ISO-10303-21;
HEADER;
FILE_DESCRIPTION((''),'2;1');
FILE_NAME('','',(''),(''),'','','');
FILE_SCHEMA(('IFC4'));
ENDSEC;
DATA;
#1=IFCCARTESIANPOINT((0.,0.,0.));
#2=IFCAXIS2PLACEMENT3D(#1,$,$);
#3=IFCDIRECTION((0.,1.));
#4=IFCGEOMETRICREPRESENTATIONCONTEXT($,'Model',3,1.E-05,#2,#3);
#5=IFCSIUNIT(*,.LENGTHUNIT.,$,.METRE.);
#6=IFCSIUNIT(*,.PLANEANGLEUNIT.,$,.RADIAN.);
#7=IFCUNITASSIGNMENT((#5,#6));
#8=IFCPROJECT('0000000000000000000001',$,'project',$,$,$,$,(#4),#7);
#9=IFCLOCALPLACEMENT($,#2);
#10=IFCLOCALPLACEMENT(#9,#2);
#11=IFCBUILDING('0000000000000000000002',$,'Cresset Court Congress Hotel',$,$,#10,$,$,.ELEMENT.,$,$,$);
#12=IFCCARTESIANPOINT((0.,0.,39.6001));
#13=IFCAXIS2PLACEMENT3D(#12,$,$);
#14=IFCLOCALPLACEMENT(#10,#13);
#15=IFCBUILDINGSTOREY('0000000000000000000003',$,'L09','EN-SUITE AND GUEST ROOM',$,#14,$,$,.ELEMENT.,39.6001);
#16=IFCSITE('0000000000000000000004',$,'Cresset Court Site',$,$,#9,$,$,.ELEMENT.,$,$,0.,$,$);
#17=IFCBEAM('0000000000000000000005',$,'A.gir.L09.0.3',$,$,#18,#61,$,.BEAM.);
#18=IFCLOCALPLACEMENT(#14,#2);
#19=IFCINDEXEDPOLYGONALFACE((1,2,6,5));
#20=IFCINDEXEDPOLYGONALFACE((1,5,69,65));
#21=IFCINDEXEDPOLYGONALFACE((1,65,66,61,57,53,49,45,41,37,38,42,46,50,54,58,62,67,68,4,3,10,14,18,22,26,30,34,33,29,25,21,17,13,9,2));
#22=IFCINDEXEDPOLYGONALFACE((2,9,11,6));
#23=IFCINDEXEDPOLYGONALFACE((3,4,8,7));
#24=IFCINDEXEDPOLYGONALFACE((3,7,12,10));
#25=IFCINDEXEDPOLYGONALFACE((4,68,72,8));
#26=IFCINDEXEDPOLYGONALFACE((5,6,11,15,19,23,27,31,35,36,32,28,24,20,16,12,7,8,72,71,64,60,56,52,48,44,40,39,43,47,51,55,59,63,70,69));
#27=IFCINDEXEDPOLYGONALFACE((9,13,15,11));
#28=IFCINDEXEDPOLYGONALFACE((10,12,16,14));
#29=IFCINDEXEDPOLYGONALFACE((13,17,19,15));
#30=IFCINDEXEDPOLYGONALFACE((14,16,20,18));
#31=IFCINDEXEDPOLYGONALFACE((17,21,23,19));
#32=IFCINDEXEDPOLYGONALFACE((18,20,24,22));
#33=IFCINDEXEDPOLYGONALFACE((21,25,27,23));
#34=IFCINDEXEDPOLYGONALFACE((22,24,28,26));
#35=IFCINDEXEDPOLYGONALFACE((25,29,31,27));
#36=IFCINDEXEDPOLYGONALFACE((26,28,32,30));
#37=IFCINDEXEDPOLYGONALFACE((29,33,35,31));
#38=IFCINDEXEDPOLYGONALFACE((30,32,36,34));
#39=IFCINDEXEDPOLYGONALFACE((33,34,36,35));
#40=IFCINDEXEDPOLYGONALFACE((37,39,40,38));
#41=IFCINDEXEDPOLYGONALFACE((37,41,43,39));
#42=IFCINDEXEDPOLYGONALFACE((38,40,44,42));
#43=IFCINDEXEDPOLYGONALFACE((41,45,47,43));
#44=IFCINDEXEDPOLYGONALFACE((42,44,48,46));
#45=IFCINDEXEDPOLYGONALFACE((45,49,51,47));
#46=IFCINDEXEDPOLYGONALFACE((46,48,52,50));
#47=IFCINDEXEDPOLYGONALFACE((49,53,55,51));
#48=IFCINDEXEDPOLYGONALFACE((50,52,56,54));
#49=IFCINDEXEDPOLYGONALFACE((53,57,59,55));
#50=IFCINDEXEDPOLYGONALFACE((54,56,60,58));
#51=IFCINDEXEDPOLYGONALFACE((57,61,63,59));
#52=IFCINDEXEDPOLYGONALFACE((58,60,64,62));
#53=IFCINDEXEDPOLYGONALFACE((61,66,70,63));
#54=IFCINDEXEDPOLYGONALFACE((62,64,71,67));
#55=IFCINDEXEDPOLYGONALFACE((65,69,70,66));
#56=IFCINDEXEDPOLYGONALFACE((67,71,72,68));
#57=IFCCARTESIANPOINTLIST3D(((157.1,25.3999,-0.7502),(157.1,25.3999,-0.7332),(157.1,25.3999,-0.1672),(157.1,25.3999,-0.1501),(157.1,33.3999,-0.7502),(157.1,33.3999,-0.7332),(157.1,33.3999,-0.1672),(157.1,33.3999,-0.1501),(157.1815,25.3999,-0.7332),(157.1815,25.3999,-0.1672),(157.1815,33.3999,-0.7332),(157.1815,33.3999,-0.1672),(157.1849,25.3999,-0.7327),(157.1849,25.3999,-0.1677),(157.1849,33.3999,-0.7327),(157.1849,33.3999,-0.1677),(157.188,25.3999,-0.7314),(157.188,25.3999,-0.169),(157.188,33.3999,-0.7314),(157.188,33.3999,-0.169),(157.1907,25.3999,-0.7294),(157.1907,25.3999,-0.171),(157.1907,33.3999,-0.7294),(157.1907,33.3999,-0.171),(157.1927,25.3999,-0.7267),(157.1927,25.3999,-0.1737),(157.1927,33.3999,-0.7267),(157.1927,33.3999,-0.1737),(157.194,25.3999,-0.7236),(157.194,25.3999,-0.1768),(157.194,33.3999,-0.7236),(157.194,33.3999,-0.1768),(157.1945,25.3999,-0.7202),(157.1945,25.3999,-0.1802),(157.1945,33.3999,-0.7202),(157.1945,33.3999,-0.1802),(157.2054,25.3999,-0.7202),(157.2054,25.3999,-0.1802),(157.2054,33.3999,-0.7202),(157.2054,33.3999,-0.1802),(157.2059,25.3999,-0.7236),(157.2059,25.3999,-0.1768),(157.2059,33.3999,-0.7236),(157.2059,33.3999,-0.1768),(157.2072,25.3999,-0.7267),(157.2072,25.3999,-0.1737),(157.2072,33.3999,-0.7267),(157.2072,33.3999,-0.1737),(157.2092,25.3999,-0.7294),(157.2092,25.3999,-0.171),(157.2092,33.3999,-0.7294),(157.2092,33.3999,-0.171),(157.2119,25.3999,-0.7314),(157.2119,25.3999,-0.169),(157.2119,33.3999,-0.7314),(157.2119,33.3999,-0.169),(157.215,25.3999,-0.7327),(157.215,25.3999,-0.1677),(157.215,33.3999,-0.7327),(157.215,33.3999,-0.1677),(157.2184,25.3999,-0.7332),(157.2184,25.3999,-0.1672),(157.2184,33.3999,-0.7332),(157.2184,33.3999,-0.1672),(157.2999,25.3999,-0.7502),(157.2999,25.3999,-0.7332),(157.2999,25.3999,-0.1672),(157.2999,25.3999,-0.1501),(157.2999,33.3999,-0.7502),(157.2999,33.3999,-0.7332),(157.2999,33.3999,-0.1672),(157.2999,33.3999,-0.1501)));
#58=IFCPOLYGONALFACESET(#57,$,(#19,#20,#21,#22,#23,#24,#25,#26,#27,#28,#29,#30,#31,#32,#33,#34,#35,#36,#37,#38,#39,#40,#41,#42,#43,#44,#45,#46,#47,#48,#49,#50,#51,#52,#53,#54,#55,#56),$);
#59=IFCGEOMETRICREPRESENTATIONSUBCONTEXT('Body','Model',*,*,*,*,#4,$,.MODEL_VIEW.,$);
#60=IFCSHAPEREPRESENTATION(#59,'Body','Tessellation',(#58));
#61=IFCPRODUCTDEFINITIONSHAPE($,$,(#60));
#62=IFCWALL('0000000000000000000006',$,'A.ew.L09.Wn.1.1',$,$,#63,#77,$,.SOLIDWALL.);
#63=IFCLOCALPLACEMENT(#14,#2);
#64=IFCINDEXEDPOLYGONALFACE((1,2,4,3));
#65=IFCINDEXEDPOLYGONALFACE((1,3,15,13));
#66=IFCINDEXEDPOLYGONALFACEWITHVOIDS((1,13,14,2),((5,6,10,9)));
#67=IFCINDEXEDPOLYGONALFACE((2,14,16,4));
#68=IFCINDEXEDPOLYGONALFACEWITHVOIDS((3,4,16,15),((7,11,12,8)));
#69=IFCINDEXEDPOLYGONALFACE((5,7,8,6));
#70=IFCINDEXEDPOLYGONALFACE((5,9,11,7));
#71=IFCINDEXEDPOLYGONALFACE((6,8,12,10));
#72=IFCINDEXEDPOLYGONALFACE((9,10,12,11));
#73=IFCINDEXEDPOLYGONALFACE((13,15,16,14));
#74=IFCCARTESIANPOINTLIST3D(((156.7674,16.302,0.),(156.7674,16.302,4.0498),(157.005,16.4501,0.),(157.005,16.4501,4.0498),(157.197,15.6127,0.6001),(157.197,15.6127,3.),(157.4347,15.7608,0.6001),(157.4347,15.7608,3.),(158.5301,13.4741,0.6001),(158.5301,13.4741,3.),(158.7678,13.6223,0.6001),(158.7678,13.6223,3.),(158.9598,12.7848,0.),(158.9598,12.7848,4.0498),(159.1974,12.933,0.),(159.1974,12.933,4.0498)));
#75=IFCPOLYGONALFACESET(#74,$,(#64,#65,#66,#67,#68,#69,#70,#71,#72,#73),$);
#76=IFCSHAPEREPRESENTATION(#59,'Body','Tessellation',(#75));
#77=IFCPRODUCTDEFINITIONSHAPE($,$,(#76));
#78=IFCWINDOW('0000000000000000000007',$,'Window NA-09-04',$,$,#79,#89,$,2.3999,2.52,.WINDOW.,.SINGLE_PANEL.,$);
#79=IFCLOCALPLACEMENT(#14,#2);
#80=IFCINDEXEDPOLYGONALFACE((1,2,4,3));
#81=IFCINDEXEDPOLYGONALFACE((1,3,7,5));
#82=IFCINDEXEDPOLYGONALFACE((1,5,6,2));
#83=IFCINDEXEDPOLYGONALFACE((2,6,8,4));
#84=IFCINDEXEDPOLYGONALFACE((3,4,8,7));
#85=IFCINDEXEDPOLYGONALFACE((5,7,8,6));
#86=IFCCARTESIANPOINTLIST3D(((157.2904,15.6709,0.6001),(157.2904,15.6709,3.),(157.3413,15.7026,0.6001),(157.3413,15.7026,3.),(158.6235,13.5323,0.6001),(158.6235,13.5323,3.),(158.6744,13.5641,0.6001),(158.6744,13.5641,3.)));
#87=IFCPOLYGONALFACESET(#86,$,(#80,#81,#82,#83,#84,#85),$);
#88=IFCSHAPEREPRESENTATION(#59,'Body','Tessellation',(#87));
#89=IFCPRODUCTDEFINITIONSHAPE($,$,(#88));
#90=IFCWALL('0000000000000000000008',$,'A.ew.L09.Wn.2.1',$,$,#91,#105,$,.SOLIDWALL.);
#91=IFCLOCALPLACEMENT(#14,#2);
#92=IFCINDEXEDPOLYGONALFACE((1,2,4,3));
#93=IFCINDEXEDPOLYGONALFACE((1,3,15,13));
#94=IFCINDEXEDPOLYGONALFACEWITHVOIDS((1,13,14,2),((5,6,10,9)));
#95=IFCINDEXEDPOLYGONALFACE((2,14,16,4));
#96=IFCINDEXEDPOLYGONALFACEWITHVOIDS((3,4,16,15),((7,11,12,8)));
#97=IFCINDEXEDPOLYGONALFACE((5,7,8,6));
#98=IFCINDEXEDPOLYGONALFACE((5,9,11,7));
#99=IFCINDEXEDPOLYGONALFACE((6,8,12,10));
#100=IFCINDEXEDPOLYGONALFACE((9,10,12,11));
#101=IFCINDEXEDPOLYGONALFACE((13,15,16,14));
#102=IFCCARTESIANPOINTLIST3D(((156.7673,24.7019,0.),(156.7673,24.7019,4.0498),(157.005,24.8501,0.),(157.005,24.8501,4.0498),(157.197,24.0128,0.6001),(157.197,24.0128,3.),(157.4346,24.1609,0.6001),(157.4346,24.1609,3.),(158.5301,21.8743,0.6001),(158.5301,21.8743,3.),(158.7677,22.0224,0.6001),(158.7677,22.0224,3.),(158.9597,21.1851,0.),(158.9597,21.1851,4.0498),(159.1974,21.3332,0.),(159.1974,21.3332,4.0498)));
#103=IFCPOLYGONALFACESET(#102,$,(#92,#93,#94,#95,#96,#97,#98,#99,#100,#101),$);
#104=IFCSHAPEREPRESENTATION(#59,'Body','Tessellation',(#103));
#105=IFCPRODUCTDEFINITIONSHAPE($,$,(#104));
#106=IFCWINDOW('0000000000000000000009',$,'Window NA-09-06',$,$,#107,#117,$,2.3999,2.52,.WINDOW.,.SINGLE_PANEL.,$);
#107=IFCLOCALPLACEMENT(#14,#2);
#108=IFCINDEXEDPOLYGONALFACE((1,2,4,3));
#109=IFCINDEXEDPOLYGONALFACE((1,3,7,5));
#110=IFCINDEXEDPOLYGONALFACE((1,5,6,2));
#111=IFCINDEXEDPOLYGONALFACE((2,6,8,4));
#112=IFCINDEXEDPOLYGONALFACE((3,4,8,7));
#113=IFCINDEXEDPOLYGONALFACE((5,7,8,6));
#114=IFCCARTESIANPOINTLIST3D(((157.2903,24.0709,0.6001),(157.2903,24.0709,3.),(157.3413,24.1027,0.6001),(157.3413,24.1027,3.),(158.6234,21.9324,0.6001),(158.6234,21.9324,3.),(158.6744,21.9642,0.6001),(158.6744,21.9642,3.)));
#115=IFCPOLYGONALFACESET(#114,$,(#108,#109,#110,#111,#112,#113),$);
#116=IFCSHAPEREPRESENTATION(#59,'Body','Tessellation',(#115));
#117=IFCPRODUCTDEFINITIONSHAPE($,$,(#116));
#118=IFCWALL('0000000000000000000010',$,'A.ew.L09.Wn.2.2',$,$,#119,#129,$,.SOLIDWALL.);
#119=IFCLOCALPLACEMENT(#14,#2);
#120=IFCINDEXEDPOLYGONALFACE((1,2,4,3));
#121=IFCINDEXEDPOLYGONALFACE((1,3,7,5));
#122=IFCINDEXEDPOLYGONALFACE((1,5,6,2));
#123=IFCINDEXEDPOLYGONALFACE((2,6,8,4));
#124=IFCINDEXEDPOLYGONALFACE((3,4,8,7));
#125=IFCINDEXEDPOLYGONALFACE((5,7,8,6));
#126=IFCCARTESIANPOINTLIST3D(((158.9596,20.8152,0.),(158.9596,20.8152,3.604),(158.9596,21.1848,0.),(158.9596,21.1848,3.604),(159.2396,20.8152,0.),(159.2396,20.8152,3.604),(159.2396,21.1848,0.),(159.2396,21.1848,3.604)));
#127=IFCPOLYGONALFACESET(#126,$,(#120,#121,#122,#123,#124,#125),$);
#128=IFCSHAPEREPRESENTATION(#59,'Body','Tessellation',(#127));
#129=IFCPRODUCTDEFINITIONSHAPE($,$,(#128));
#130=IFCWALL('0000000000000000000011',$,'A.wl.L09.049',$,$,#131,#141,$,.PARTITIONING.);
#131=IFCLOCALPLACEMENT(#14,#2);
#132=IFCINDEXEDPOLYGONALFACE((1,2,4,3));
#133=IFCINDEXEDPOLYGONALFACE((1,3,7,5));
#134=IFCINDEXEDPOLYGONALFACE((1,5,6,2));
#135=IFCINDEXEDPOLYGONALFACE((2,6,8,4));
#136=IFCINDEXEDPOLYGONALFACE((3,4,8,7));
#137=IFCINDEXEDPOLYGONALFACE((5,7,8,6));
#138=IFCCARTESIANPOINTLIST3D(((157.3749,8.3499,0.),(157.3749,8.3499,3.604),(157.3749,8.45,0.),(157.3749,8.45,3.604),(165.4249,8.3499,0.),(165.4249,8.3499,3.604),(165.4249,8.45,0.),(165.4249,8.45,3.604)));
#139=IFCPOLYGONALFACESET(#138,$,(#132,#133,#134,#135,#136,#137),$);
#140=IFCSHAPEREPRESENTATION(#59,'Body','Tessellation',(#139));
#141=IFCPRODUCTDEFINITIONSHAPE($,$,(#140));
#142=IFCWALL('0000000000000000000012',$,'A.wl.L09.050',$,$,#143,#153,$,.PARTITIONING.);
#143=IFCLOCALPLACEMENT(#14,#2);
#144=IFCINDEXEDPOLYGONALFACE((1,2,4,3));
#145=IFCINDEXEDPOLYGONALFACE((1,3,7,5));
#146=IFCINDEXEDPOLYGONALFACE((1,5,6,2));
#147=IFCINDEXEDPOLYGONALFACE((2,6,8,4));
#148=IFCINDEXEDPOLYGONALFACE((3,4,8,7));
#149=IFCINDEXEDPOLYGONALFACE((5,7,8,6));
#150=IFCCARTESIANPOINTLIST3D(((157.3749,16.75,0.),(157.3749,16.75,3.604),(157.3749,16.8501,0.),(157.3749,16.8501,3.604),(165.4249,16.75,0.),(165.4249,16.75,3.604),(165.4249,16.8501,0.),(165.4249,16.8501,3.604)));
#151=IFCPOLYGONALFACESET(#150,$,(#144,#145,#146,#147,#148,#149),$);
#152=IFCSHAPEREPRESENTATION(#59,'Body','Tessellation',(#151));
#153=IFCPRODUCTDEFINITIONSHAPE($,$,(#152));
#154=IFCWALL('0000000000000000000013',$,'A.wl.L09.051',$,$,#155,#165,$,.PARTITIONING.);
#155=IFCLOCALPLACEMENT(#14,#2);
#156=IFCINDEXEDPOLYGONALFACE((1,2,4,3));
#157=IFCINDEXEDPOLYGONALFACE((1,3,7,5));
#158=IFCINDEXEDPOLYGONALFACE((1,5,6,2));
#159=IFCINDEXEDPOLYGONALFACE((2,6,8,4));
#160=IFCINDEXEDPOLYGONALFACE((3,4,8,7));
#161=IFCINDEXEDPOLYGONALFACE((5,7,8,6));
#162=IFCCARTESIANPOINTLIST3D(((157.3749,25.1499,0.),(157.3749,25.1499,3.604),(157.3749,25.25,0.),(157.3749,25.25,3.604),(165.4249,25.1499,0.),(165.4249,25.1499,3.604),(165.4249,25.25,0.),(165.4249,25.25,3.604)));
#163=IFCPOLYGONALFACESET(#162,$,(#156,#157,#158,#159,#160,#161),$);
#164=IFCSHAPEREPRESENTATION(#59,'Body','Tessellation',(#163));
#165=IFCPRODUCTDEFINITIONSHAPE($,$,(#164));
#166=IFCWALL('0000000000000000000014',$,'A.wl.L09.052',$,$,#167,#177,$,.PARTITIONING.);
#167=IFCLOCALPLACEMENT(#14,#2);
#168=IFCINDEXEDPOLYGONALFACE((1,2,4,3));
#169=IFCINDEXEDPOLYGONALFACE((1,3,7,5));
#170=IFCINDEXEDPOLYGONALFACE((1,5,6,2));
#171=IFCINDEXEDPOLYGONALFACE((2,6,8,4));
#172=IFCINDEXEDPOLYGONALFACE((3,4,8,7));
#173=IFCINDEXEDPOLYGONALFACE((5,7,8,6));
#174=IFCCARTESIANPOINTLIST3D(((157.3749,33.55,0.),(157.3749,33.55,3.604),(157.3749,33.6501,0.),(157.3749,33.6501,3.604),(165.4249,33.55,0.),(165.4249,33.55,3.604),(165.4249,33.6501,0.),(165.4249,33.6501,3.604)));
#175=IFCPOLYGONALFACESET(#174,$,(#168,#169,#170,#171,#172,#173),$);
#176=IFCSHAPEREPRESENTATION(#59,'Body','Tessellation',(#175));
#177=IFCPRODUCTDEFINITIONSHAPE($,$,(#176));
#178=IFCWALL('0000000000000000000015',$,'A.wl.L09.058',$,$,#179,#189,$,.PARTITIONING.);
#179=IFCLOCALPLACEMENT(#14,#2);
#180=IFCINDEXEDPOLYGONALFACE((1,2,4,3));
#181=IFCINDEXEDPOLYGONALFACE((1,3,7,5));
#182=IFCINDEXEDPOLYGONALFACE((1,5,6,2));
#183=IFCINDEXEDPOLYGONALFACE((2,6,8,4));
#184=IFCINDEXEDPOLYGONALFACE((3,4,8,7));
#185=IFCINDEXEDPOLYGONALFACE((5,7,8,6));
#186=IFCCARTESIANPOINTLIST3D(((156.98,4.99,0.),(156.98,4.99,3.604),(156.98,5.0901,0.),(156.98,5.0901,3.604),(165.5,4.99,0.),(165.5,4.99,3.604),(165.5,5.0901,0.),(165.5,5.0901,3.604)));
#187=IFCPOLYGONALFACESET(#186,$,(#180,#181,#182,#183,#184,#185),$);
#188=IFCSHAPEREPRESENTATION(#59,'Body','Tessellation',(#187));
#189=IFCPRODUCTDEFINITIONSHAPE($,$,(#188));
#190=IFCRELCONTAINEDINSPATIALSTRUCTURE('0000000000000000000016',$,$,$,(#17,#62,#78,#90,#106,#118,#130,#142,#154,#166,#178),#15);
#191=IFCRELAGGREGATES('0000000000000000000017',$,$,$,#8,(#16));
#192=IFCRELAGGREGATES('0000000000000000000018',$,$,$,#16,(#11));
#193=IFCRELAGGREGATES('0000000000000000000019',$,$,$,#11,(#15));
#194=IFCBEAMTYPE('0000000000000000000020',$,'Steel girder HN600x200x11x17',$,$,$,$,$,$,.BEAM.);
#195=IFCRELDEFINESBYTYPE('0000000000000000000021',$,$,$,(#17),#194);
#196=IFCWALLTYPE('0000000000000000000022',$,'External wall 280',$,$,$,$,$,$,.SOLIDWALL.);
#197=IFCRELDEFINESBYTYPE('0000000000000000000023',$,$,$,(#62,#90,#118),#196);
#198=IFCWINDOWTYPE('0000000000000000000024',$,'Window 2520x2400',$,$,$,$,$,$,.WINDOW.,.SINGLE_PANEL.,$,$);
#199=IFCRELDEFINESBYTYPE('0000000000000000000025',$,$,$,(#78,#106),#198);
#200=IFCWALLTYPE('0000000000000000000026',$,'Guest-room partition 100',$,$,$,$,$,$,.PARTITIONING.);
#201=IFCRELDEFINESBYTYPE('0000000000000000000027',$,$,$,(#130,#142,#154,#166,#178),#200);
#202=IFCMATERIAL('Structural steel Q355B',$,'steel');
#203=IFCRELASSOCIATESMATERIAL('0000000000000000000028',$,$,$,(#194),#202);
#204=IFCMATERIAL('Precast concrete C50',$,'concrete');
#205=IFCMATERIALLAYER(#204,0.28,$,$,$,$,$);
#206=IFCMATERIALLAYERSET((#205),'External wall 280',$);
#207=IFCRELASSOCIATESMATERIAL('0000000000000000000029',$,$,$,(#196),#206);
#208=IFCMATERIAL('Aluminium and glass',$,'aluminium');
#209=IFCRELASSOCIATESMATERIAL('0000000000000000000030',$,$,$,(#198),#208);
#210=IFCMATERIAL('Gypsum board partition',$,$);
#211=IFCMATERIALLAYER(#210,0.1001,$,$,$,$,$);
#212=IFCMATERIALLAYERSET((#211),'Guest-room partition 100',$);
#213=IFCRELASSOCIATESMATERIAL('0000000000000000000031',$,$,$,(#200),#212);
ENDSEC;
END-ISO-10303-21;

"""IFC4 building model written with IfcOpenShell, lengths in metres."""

from ifc_helpers import new_model, si_unit, direction, frame, frame_2d, origin, origin_2d, place, context, subcontext, project, spatial, rectangle, i_section, extrude, material, layer, layer_set, material_profile, profile_set, type_object, element, fill, save


model = new_model("IFC4")

# Units and contexts
model_context = context("Model", 3, precision=1e-05, world=origin(), true_north=direction((0.0, 1.0)))
body_context = subcontext(model_context, "Body", "Model", "MODEL_VIEW")
ifc_project = project(units=[si_unit("LENGTHUNIT", "METRE"), si_unit("PLANEANGLEUNIT", "RADIAN")], contexts=[model_context])

# Site, building, storey
site_placement = place(None, origin())
site = spatial("IfcSite", under=ifc_project, at=site_placement, Name="Cresset Court Site", CompositionType="ELEMENT", RefElevation=0.0)
building_placement = place(site_placement, origin())
building = spatial("IfcBuilding", under=site, at=building_placement, Name="Cresset Court Congress Hotel", CompositionType="ELEMENT")
storey_placement = place(building_placement, frame((0.0, 0.0, 39.6001)))
storey = spatial("IfcBuildingStorey", under=building, at=storey_placement, Name="L09", Description="EN-SUITE AND GUEST ROOM", CompositionType="ELEMENT", Elevation=39.6001)

# Beam
ifc_material_1 = material(Name="Structural steel Q355B", Category="steel")
ifc_material_profile_1 = material_profile(ifc_material_1, i_section(OverallWidth=0.2, OverallDepth=0.6001, WebThickness=0.011, FlangeThickness=0.0171, FilletRadius=0.0129, at=origin_2d()), Name="HN600x200x11x17")
ifc_profile_set_1 = profile_set([ifc_material_profile_1], Name="Structural steel Q355B")
beam_type_1 = type_object("IfcBeamType", Name="Steel girder HN600x200x11x17", PredefinedType="BEAM", material=ifc_profile_set_1)
for number, where, z_axis, x_axis, name in (
    (1, (157.2, 25.3999, -0.4502), (0.0, 1.0, 0.0), (-1.0, 0.0, 0.0), "A.gir.L09.0.3"),
):
    element("IfcBeam", number, at=place(storey_placement, frame(where, z_axis=z_axis, x_axis=x_axis)), inside=storey, type_object=beam_type_1, Name=name, PredefinedType="BEAM", context=body_context, shape_type="SweptSolid", body=[
        extrude(i_section(OverallWidth=0.2, OverallDepth=0.6001, WebThickness=0.011, FlangeThickness=0.0171, FilletRadius=0.0129, at=origin_2d()), origin(), (0.0, 0.0, 1.0), 8.0),
    ])

# Wall, opening, window
ifc_material_2 = material(Name="Precast concrete C50", Category="concrete")
ifc_layer_1 = layer(ifc_material_2, 0.28)
ifc_layer_set_1 = layer_set([ifc_layer_1], Name="External wall 280")
wall_type_1 = type_object("IfcWallType", Name="External wall 280", PredefinedType="SOLIDWALL", material=ifc_layer_set_1)
wall_1_placement = place(storey_placement, frame((159.0786, 12.8589, 0.0), z_axis=(0.0, 0.0, 1.0), x_axis=(-0.528993, 0.848626, 0.0)))
wall_1 = element("IfcWall", 2, at=wall_1_placement, inside=storey, type_object=wall_type_1, Name="A.ew.L09.Wn.1.1", PredefinedType="SOLIDWALL", context=body_context, shape_type="SweptSolid", body=[
    extrude(rectangle(XDim=4.1445, YDim=0.28, at=frame_2d((2.0723, 0.0))), origin(), (0.0, 0.0, 1.0), 4.0498),
])
opening_1_placement = place(wall_1_placement, frame((0.8123, 0.0, 0.6001)))
opening_1 = element("IfcOpeningElement", 3, at=opening_1_placement, cuts=wall_1, PredefinedType="OPENING", context=body_context, shape_type="SweptSolid", body=[
    extrude(rectangle(XDim=2.52, YDim=2.3999, at=frame_2d((1.26, 1.2))), frame((0.0, 0.1499, 0.0), z_axis=(0.0, -1.0, 0.0), x_axis=(1.0, 0.0, 0.0)), (0.0, 0.0, 1.0), 0.3),
])
ifc_material_3 = material(Name="Aluminium and glass", Category="aluminium")
window_type = type_object("IfcWindowType", Name="Window 2520x2400", PartitioningType="SINGLE_PANEL", PredefinedType="WINDOW", material=ifc_material_3)
window_1_placement = place(opening_1_placement, origin())
window_1 = element("IfcWindow", 4, at=window_1_placement, inside=storey, type_object=window_type, Name="Window NA-09-04", OverallHeight=2.3999, OverallWidth=2.52, PartitioningType="SINGLE_PANEL", PredefinedType="WINDOW", context=body_context, shape_type="SweptSolid", body=[
    extrude(rectangle(XDim=2.52, YDim=2.3999, at=frame_2d((1.26, 1.2))), frame((0.0, 0.03, 0.0), z_axis=(0.0, -1.0, 0.0), x_axis=(1.0, 0.0, 0.0)), (0.0, 0.0, 1.0), 0.0601),
])
fill(opening_1, window_1)

# Wall, opening, window
wall_2_placement = place(storey_placement, frame((159.0786, 21.259, 0.0), z_axis=(0.0, 0.0, 1.0), x_axis=(-0.529019, 0.84861, 0.0)))
wall_2 = element("IfcWall", 5, at=wall_2_placement, inside=storey, type_object=wall_type_1, Name="A.ew.L09.Wn.2.1", PredefinedType="SOLIDWALL", context=body_context, shape_type="SweptSolid", body=[
    extrude(rectangle(XDim=4.1443, YDim=0.28, at=frame_2d((2.0723, 0.0))), origin(), (0.0, 0.0, 1.0), 4.0498),
])
opening_2_placement = place(wall_2_placement, frame((0.8123, 0.0, 0.6001)))
opening_2 = element("IfcOpeningElement", 6, at=opening_2_placement, cuts=wall_2, PredefinedType="OPENING", context=body_context, shape_type="SweptSolid", body=[
    extrude(rectangle(XDim=2.52, YDim=2.3999, at=frame_2d((1.26, 1.2))), frame((0.0, 0.1499, 0.0), z_axis=(0.0, -1.0, 0.0), x_axis=(1.0, 0.0, 0.0)), (0.0, 0.0, 1.0), 0.3),
])
window_2_placement = place(opening_2_placement, origin())
window_2 = element("IfcWindow", 7, at=window_2_placement, inside=storey, type_object=window_type, Name="Window NA-09-06", OverallHeight=2.3999, OverallWidth=2.52, PartitioningType="SINGLE_PANEL", PredefinedType="WINDOW", context=body_context, shape_type="SweptSolid", body=[
    extrude(rectangle(XDim=2.52, YDim=2.3999, at=frame_2d((1.26, 1.2))), frame((0.0, 0.03, 0.0), z_axis=(0.0, -1.0, 0.0), x_axis=(1.0, 0.0, 0.0)), (0.0, 0.0, 1.0), 0.0601),
])
fill(opening_2, window_2)

# Walls
wall_3_placement = place(storey_placement, frame((159.0996, 20.8152, 0.0), z_axis=(0.0, 0.0, 1.0), x_axis=(0.0, 1.0, 0.0)))
element("IfcWall", 8, at=wall_3_placement, inside=storey, type_object=wall_type_1, Name="A.ew.L09.Wn.2.2", PredefinedType="SOLIDWALL", context=body_context, shape_type="SweptSolid", body=[
    extrude(rectangle(XDim=0.3696, YDim=0.28, at=frame_2d((0.1848, 0.0))), origin(), (0.0, 0.0, 1.0), 3.604),
])
ifc_material_4 = material(Name="Gypsum board partition")
ifc_layer_2 = layer(ifc_material_4, 0.1001)
ifc_layer_set_2 = layer_set([ifc_layer_2], Name="Guest-room partition 100")
wall_type_2 = type_object("IfcWallType", Name="Guest-room partition 100", PredefinedType="PARTITIONING", material=ifc_layer_set_2)
for number, where, z_axis, x_axis, name in (
    (9, (157.375, 8.3999, 0.0), (0.0, 0.0, 1.0), (1.0, 0.0, 0.0), "A.wl.L09.049"),
    (10, (157.375, 16.8, 0.0), (0.0, 0.0, 1.0), (1.0, 0.0, 0.0), "A.wl.L09.050"),
    (11, (157.375, 25.2, 0.0), (0.0, 0.0, 1.0), (1.0, 0.0, 0.0), "A.wl.L09.051"),
    (12, (157.375, 33.6001, 0.0), (0.0, 0.0, 1.0), (1.0, 0.0, 0.0), "A.wl.L09.052"),
):
    element("IfcWall", number, at=place(storey_placement, frame(where, z_axis=z_axis, x_axis=x_axis)), inside=storey, type_object=wall_type_2, Name=name, PredefinedType="PARTITIONING", context=body_context, shape_type="SweptSolid", body=[
        extrude(rectangle(XDim=8.05, YDim=0.1001, at=frame_2d((4.0249, 0.0))), origin(), (0.0, 0.0, 1.0), 3.604),
    ])
for number, where, z_axis, x_axis, name in (
    (13, (156.98, 5.04, 0.0), (0.0, 0.0, 1.0), (1.0, 0.0, 0.0), "A.wl.L09.058"),
):
    element("IfcWall", number, at=place(storey_placement, frame(where, z_axis=z_axis, x_axis=x_axis)), inside=storey, type_object=wall_type_2, Name=name, PredefinedType="PARTITIONING", context=body_context, shape_type="SweptSolid", body=[
        extrude(rectangle(XDim=8.52, YDim=0.1001, at=frame_2d((4.26, 0.0))), origin(), (0.0, 0.0, 1.0), 3.604),
    ])

save(model, "model.ifc")
